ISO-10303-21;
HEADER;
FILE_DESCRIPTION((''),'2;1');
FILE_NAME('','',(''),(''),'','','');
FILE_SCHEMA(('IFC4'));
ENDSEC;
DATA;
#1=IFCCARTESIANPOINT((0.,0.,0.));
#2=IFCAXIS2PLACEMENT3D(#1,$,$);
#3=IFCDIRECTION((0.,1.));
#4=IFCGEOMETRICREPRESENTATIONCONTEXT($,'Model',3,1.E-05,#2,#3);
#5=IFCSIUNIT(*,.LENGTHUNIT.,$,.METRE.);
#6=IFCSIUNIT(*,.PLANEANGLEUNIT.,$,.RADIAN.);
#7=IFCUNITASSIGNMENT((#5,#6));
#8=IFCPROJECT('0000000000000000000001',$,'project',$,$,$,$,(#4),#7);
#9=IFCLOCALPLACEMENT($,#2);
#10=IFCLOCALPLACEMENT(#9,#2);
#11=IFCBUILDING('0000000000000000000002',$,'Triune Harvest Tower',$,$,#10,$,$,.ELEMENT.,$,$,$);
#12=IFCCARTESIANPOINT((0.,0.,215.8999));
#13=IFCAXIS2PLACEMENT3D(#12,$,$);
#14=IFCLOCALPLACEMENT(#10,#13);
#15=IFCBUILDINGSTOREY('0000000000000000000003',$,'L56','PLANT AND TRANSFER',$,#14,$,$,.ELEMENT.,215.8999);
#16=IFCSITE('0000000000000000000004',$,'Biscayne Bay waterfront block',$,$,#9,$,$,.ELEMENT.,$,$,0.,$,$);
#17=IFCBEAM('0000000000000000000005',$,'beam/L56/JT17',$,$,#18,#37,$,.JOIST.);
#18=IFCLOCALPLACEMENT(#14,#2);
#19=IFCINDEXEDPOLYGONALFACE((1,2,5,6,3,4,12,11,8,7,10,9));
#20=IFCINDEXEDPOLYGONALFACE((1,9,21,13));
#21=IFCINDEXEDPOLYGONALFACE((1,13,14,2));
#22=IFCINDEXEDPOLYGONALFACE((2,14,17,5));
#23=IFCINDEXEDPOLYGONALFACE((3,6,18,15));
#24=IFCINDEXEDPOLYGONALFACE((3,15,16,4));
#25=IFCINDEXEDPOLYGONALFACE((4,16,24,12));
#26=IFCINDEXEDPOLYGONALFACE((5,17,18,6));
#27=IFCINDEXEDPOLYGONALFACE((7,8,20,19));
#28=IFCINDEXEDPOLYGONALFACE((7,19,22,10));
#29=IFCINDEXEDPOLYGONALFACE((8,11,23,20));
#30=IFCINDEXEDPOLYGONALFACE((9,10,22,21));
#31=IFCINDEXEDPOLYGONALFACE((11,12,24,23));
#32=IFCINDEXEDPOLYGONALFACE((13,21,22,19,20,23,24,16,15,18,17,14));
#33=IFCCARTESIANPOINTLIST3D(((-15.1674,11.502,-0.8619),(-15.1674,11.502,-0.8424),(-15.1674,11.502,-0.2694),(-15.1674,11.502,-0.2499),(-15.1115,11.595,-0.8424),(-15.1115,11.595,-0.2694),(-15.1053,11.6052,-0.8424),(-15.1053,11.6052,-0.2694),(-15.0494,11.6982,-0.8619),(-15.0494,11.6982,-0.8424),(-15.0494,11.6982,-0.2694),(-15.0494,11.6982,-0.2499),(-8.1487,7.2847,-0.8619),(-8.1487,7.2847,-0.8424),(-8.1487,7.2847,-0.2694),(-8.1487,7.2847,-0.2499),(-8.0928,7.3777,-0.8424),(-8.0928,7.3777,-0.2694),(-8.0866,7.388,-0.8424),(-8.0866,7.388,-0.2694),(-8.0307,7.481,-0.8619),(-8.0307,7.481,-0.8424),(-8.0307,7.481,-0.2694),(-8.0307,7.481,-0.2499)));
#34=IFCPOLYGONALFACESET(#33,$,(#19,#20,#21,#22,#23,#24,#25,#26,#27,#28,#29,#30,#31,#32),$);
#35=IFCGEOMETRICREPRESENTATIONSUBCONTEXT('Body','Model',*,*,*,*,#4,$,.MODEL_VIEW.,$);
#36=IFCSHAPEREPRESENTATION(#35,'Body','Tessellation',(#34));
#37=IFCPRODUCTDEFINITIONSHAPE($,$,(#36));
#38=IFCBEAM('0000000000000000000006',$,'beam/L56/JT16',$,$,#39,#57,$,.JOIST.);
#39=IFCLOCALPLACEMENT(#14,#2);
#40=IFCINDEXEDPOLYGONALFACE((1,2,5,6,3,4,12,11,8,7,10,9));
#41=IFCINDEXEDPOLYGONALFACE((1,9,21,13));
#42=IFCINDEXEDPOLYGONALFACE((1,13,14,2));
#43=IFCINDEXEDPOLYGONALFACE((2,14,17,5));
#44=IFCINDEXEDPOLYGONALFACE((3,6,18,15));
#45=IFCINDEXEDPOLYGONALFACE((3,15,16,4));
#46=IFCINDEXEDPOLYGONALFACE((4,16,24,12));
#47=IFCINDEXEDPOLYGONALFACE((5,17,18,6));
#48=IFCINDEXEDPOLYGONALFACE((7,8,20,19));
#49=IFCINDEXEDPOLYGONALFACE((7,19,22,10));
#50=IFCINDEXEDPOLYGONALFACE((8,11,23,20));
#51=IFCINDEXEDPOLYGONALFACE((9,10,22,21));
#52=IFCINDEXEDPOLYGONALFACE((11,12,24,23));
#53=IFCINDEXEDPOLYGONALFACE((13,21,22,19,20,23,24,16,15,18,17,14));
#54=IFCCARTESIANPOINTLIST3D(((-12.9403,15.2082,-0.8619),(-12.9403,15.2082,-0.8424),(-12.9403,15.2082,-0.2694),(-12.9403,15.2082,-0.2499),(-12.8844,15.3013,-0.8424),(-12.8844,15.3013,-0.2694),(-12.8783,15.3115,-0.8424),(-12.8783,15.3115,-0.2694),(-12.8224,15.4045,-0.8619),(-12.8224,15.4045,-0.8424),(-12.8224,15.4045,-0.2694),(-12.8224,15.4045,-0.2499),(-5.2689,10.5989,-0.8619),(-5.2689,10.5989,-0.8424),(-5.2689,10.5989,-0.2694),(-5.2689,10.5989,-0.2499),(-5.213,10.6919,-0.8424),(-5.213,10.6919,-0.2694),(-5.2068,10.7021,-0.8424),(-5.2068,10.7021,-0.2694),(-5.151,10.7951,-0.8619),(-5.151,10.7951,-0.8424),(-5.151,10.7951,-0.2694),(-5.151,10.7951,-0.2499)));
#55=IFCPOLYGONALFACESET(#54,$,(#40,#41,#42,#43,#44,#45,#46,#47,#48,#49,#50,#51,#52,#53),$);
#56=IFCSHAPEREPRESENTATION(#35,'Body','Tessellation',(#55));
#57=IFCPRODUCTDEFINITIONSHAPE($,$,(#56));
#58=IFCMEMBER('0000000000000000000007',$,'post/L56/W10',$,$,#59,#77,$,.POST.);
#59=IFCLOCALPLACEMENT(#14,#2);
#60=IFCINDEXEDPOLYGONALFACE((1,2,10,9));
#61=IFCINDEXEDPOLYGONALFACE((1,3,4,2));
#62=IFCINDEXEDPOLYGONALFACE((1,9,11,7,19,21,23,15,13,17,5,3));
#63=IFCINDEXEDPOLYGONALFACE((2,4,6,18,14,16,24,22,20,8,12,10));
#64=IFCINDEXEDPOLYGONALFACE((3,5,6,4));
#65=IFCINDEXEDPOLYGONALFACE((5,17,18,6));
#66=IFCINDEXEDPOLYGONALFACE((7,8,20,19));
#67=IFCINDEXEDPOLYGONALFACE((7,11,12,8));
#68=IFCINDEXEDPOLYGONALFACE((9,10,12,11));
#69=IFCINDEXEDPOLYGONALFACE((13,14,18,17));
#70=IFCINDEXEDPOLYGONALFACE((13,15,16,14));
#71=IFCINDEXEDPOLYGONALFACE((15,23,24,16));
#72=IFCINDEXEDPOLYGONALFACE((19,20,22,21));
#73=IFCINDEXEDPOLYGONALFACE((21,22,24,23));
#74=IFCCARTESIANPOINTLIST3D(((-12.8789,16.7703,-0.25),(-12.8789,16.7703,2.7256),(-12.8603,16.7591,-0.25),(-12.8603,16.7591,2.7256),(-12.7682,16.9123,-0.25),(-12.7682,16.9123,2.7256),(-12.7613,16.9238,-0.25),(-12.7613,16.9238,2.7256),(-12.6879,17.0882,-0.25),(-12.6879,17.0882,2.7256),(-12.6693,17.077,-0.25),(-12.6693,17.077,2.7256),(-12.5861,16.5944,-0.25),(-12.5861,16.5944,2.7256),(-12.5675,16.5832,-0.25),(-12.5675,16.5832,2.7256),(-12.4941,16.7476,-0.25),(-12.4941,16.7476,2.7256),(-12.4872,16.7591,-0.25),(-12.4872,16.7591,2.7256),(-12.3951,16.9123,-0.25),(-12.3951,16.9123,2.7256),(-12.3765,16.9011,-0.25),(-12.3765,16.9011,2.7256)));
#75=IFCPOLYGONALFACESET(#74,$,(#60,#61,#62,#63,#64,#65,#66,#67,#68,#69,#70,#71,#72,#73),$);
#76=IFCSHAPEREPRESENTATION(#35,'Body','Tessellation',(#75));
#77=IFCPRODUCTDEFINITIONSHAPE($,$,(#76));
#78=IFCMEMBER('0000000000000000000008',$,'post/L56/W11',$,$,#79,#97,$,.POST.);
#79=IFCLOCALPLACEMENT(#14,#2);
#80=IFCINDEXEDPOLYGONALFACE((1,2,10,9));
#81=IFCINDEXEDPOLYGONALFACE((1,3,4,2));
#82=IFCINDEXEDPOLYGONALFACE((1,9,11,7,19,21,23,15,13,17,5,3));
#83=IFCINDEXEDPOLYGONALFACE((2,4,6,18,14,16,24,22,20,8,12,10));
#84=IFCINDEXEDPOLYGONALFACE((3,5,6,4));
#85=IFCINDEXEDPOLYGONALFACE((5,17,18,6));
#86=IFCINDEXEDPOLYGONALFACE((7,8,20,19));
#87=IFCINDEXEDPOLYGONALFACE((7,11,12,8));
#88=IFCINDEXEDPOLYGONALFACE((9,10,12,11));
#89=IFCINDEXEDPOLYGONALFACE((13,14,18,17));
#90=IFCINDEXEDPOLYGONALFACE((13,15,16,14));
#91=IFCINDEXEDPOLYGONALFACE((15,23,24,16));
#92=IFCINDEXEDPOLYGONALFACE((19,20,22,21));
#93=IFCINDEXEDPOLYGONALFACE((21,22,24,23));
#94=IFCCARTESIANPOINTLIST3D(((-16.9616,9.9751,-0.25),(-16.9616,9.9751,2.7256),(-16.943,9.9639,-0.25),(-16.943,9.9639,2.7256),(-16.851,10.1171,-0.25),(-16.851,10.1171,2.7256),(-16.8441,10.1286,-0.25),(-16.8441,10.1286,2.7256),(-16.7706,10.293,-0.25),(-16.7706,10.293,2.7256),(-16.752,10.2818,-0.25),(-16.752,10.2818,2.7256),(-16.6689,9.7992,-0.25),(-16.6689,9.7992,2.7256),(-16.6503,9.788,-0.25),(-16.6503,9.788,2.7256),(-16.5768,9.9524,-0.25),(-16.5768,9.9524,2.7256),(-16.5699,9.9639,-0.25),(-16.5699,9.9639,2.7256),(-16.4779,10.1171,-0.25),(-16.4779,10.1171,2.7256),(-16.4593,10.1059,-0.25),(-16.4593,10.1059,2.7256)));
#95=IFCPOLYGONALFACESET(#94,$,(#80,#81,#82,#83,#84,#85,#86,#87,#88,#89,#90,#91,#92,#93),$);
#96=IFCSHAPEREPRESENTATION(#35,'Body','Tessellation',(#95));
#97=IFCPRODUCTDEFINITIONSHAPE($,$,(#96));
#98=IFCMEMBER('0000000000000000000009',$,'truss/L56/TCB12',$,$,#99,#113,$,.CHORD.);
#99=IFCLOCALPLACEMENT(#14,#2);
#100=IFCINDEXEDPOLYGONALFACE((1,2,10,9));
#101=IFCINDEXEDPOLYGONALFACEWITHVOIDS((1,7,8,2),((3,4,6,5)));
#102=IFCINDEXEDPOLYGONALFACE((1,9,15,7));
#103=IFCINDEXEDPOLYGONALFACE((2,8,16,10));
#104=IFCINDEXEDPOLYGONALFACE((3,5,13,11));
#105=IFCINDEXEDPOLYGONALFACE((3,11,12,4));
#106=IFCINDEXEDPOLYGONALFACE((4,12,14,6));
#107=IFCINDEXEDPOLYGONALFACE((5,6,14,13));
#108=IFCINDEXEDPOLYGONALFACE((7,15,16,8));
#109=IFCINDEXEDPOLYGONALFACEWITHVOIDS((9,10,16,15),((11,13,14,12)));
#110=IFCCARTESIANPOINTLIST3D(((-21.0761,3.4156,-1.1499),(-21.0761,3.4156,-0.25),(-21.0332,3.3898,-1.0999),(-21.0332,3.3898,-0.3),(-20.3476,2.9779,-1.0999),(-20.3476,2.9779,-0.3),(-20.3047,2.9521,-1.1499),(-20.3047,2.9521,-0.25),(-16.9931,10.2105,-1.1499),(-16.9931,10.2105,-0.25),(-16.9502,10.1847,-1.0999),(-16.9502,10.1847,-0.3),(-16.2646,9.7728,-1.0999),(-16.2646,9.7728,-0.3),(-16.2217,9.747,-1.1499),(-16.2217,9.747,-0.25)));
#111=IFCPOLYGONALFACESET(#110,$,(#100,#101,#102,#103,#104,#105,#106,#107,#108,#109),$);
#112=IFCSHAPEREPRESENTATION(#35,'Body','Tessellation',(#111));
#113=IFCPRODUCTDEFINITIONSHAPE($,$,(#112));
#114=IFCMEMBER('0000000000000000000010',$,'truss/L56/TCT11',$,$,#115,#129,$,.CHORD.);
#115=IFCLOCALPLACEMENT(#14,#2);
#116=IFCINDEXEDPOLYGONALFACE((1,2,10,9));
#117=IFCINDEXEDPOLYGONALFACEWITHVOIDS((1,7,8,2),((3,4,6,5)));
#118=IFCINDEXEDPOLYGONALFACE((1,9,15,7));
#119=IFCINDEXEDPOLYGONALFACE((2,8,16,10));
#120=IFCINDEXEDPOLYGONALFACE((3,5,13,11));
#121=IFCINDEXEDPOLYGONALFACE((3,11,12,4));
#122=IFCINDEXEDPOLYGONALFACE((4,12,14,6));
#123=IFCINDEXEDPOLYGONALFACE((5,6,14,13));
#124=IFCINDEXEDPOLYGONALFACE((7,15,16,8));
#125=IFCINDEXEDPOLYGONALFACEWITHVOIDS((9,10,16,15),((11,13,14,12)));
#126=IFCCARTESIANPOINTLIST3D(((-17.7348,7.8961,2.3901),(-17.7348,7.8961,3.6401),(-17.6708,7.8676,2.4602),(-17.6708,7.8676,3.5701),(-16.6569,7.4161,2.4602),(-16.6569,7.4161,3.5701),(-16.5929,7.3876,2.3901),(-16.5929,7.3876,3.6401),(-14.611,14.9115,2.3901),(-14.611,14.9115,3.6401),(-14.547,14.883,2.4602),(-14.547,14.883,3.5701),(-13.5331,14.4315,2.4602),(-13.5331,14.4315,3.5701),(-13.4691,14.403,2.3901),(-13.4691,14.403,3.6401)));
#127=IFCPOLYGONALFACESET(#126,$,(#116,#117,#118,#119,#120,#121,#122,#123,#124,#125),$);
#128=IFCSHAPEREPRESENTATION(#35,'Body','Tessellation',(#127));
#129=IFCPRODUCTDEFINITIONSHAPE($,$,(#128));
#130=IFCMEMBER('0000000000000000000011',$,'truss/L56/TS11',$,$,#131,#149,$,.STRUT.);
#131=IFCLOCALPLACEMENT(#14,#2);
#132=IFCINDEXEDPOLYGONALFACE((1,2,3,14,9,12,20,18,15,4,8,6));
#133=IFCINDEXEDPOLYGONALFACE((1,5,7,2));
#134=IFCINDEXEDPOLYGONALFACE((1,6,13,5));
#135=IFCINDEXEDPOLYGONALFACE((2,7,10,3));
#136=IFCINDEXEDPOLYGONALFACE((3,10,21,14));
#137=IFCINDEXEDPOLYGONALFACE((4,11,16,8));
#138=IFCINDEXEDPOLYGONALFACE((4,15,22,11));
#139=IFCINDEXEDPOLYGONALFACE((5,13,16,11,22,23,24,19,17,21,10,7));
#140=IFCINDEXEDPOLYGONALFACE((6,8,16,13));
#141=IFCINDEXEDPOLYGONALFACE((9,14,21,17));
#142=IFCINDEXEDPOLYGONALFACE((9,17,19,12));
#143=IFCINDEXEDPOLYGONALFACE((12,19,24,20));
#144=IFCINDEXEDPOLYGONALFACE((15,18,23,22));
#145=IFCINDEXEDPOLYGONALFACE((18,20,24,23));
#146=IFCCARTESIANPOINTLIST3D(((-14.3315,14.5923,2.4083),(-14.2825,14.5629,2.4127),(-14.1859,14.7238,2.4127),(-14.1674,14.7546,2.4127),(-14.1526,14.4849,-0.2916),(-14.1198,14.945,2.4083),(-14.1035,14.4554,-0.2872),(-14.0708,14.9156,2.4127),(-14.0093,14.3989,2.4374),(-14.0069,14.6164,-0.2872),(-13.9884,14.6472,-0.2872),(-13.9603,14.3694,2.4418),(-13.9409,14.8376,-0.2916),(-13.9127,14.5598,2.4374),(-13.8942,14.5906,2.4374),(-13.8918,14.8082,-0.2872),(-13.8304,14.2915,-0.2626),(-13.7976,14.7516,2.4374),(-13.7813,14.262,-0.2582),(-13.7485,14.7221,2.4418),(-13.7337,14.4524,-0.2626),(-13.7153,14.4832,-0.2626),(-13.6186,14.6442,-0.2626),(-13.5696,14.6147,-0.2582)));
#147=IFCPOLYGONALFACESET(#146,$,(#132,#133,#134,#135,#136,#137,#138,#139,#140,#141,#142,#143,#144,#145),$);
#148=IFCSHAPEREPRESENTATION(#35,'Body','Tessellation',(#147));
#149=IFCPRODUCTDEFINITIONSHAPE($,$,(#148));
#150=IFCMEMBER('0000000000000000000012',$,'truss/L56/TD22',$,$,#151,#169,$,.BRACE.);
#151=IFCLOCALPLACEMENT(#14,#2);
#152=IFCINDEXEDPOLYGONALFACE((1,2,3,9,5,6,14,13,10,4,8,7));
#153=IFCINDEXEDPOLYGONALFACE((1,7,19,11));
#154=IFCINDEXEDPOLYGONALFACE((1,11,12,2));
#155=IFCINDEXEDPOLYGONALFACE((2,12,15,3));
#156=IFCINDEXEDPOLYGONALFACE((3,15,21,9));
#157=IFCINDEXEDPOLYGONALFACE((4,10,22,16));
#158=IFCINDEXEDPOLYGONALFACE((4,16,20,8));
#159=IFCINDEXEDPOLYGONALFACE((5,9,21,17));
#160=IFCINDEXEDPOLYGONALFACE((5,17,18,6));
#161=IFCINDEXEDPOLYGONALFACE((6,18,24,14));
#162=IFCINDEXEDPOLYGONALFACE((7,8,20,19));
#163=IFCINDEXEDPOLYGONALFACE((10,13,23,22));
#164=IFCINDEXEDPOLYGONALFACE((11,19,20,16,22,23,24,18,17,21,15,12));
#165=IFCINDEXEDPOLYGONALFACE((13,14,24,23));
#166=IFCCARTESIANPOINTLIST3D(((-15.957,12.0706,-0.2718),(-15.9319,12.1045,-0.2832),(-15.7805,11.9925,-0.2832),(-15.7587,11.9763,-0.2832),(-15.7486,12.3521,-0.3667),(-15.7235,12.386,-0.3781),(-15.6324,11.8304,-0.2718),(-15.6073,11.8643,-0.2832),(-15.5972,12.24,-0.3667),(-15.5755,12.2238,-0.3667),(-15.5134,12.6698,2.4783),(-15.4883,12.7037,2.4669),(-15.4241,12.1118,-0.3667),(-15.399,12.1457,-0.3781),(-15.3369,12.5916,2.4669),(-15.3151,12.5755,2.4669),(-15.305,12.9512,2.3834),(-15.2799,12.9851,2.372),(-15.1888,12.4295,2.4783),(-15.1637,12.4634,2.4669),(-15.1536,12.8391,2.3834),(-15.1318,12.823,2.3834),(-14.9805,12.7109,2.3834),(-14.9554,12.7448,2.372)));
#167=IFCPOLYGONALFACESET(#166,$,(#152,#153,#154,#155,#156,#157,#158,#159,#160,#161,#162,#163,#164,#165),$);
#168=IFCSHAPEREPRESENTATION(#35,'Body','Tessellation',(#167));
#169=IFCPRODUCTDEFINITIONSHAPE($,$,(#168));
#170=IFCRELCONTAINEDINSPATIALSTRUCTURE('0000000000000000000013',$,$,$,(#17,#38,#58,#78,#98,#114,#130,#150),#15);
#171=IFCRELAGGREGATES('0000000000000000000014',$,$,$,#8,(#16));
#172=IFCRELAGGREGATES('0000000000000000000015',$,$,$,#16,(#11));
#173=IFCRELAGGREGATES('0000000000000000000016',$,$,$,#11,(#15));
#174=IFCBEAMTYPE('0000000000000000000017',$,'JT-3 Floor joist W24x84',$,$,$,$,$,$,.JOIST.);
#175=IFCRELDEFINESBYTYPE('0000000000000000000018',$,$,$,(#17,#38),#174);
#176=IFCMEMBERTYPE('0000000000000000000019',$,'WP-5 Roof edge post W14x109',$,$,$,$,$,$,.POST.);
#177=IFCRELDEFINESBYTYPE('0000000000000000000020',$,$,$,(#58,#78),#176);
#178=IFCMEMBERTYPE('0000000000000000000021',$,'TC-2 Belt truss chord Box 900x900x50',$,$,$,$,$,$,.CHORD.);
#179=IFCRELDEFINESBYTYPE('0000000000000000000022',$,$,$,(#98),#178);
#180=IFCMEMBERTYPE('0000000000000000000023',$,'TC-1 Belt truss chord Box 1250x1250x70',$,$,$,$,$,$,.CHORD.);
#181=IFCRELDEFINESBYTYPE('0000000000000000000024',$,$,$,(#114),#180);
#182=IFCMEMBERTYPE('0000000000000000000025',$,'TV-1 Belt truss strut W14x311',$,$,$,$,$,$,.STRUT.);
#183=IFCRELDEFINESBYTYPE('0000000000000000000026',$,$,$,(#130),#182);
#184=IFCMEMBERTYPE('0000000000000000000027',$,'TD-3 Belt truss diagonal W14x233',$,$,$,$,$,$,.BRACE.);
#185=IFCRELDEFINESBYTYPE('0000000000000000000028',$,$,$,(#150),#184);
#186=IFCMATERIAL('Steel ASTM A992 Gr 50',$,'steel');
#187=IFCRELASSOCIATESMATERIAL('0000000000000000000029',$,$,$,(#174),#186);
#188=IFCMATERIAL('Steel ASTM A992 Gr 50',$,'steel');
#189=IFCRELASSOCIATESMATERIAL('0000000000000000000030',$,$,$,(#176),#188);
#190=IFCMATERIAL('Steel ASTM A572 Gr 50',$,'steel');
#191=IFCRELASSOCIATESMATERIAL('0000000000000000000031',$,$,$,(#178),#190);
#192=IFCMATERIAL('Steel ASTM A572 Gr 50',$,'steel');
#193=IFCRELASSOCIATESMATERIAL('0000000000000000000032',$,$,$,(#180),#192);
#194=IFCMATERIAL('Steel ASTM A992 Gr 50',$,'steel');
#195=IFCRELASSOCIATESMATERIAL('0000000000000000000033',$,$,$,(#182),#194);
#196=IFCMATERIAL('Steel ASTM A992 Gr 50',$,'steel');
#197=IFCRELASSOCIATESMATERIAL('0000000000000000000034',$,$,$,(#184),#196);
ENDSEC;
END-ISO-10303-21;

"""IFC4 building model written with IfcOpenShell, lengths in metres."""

from ifc_helpers import new_model, si_unit, direction, frame, origin, origin_2d, place, context, subcontext, project, spatial, hollow_rectangle, i_section, extrude, source, transform, mapped, material, material_profile, profile_set, type_object, element, save


model = new_model("IFC4")

# Units and contexts
model_context = context("Model", 3, precision=1e-05, world=origin(), true_north=direction((0.0, 1.0)))
body_context = subcontext(model_context, "Body", "Model", "MODEL_VIEW")
ifc_project = project(units=[si_unit("LENGTHUNIT", "METRE"), si_unit("PLANEANGLEUNIT", "RADIAN")], contexts=[model_context])

# Site, building, storey
site_placement = place(None, origin())
site = spatial("IfcSite", under=ifc_project, at=site_placement, Name="Biscayne Bay waterfront block", CompositionType="ELEMENT", RefElevation=0.0)
building_placement = place(site_placement, origin())
building = spatial("IfcBuilding", under=site, at=building_placement, Name="Triune Harvest Tower", CompositionType="ELEMENT")
storey_placement = place(building_placement, frame((0.0, 0.0, 215.8999)))
storey = spatial("IfcBuildingStorey", under=building, at=storey_placement, Name="L56", Description="PLANT AND TRANSFER", CompositionType="ELEMENT", Elevation=215.8999)

# Beams
ifc_material_1 = material(Name="Steel ASTM A992 Gr 50", Category="steel")
ifc_material_profile_1 = material_profile(ifc_material_1, i_section(OverallWidth=0.229, OverallDepth=0.6121, WebThickness=0.012, FlangeThickness=0.0195, at=origin_2d()), Name="W24x84")
ifc_profile_set_1 = profile_set([ifc_material_profile_1], Name="Steel ASTM A992 Gr 50")
beam_type = type_object("IfcBeamType", Name="JT-3 Floor joist W24x84", PredefinedType="JOIST", material=ifc_profile_set_1)
beam_1_placement = place(storey_placement, frame((-15.1084, 11.6001, -0.5559), z_axis=(0.857169, -0.515035, 0.0), x_axis=(0.515035, 0.857169, 0.0)))
element("IfcBeam", 1, at=beam_1_placement, inside=storey, type_object=beam_type, Name="beam/L56/JT17", PredefinedType="JOIST", context=body_context, shape_type="SweptSolid", body=[
    extrude(i_section(OverallWidth=0.229, OverallDepth=0.6121, WebThickness=0.012, FlangeThickness=0.0195, at=origin_2d()), origin(), (0.0, 0.0, 1.0), 8.1882),
])
shared_shape_1 = source(origin(), body_context, "Body", "SweptSolid", [
    extrude(i_section(OverallWidth=0.229, OverallDepth=0.6121, WebThickness=0.012, FlangeThickness=0.0195, at=origin_2d()), origin(), (0.0, 0.0, 1.0), 8.9497),
])
beam_2_placement = place(storey_placement, frame((-12.8813, 15.3064, -0.5559), z_axis=(0.85717, -0.515033, 0.0), x_axis=(0.515033, 0.85717, 0.0)))
element("IfcBeam", 2, at=beam_2_placement, inside=storey, type_object=beam_type, Name="beam/L56/JT16", PredefinedType="JOIST", context=body_context, shape_type="MappedRepresentation", body=[
    mapped(shared_shape_1, transform((0.0, 0.0, 0.0), scale=1.0)),
])

# Members
ifc_material_2 = material(Name="Steel ASTM A992 Gr 50", Category="steel")
ifc_material_profile_2 = material_profile(ifc_material_2, i_section(OverallWidth=0.3708, OverallDepth=0.3633, WebThickness=0.0134, FlangeThickness=0.0217, at=origin_2d()), Name="W14x109")
ifc_profile_set_2 = profile_set([ifc_material_profile_2], Name="Steel ASTM A992 Gr 50")
member_type_1 = type_object("IfcMemberType", Name="WP-5 Roof edge post W14x109", PredefinedType="POST", material=ifc_profile_set_2)
shared_shape_2 = source(origin(), body_context, "Body", "SweptSolid", [
    extrude(i_section(OverallWidth=0.3708, OverallDepth=0.3633, WebThickness=0.0134, FlangeThickness=0.0217, at=origin_2d()), origin(), (0.0, 0.0, 1.0), 2.9756),
])
for number, where, z_axis, x_axis, name in (
    (3, (-12.6277, 16.8357, -0.25), (0.0, 0.0, 1.0), (-0.515037, -0.857168, 0.0), "post/L56/W10"),
    (4, (-16.7104, 10.0405, -0.25), (0.0, 0.0, 1.0), (-0.515037, -0.857168, 0.0), "post/L56/W11"),
):
    element("IfcMember", number, at=place(storey_placement, frame(where, z_axis=z_axis, x_axis=x_axis)), inside=storey, type_object=member_type_1, Name=name, PredefinedType="POST", context=body_context, shape_type="MappedRepresentation", body=[
        mapped(shared_shape_2, transform((0.0, 0.0, 0.0), scale=1.0)),
    ])
ifc_material_3 = material(Name="Steel ASTM A572 Gr 50", Category="steel")
ifc_material_profile_3 = material_profile(ifc_material_3, hollow_rectangle(XDim=0.8999, YDim=0.8999, WallThickness=0.05, at=origin_2d()), Name="Box 900x900x50")
ifc_profile_set_3 = profile_set([ifc_material_profile_3], Name="Steel ASTM A572 Gr 50")
member_type_2 = type_object("IfcMemberType", Name="TC-2 Belt truss chord Box 900x900x50", PredefinedType="CHORD", material=ifc_profile_set_3)
shared_shape_3 = source(origin(), body_context, "Body", "SweptSolid", [
    extrude(hollow_rectangle(XDim=0.8999, YDim=0.8999, WallThickness=0.05, at=origin_2d()), origin(), (0.0, 0.0, 1.0), 7.9272),
])
member_1_placement = place(storey_placement, frame((-16.6074, 9.9788, -0.7), z_axis=(-0.515057, -0.857156, 0.0), x_axis=(0.857156, -0.515057, 0.0)))
element("IfcMember", 5, at=member_1_placement, inside=storey, type_object=member_type_2, Name="truss/L56/TCB12", PredefinedType="CHORD", context=body_context, shape_type="MappedRepresentation", body=[
    mapped(shared_shape_3, transform((0.0, 0.0, 0.0), scale=1.0)),
])
ifc_material_4 = material(Name="Steel ASTM A572 Gr 50", Category="steel")
ifc_material_profile_4 = material_profile(ifc_material_4, hollow_rectangle(XDim=1.25, YDim=1.25, WallThickness=0.0701, at=origin_2d()), Name="Box 1250x1250x70")
ifc_profile_set_4 = profile_set([ifc_material_profile_4], Name="Steel ASTM A572 Gr 50")
member_type_3 = type_object("IfcMemberType", Name="TC-1 Belt truss chord Box 1250x1250x70", PredefinedType="CHORD", material=ifc_profile_set_4)
shared_shape_4 = source(origin(), body_context, "Body", "SweptSolid", [
    extrude(hollow_rectangle(XDim=1.25, YDim=1.25, WallThickness=0.0701, at=origin_2d()), origin(), (0.0, 0.0, 1.0), 7.6794),
])
member_2_placement = place(storey_placement, frame((-14.04, 14.6572, 3.0151), z_axis=(-0.406773, -0.913529, 0.0), x_axis=(0.913529, -0.406773, 0.0)))
element("IfcMember", 6, at=member_2_placement, inside=storey, type_object=member_type_3, Name="truss/L56/TCT11", PredefinedType="CHORD", context=body_context, shape_type="MappedRepresentation", body=[
    mapped(shared_shape_4, transform((0.0, 0.0, 0.0), scale=1.0)),
])
ifc_material_5 = material(Name="Steel ASTM A992 Gr 50", Category="steel")
ifc_material_profile_5 = material_profile(ifc_material_5, i_section(OverallWidth=0.4114, OverallDepth=0.4343, WebThickness=0.0359, FlangeThickness=0.0574, at=origin_2d()), Name="W14x311")
ifc_profile_set_5 = profile_set([ifc_material_profile_5], Name="Steel ASTM A992 Gr 50")
member_type_4 = type_object("IfcMemberType", Name="TV-1 Belt truss strut W14x311", PredefinedType="STRUT", material=ifc_profile_set_5)
shared_shape_5 = source(origin(), body_context, "Body", "SweptSolid", [
    extrude(i_section(OverallWidth=0.4114, OverallDepth=0.4343, WebThickness=0.0359, FlangeThickness=0.0574, at=origin_2d()), origin(), (0.0, 0.0, 1.0), 2.708),
])
member_3_placement = place(storey_placement, frame((-13.8611, 14.5498, -0.2749), z_axis=(-0.066084, 0.039668, 0.997025), x_axis=(-0.514668, -0.85739, 0.0)))
element("IfcMember", 7, at=member_3_placement, inside=storey, type_object=member_type_4, Name="truss/L56/TS11", PredefinedType="STRUT", context=body_context, shape_type="MappedRepresentation", body=[
    mapped(shared_shape_5, transform((0.0, 0.0, 0.0), scale=1.0)),
])
ifc_material_6 = material(Name="Steel ASTM A992 Gr 50", Category="steel")
ifc_material_profile_6 = material_profile(ifc_material_6, i_section(OverallWidth=0.4038, OverallDepth=0.4065, WebThickness=0.0271, FlangeThickness=0.0437, at=origin_2d()), Name="W14x233")
ifc_profile_set_6 = profile_set([ifc_material_profile_6], Name="Steel ASTM A992 Gr 50")
member_type_5 = type_object("IfcMemberType", Name="TD-3 Belt truss diagonal W14x233", PredefinedType="BRACE", material=ifc_profile_set_6)
shared_shape_6 = source(origin(), body_context, "Body", "SweptSolid", [
    extrude(i_section(OverallWidth=0.4038, OverallDepth=0.4065, WebThickness=0.0271, FlangeThickness=0.0437, at=origin_2d()), origin(), (0.0, 0.0, 1.0), 2.8494),
])
member_4_placement = place(storey_placement, frame((-15.678, 12.1082, -0.325), z_axis=(0.155691, 0.210273, 0.965166), x_axis=(-0.803679, 0.595063, 0.0)))
element("IfcMember", 8, at=member_4_placement, inside=storey, type_object=member_type_5, Name="truss/L56/TD22", PredefinedType="BRACE", context=body_context, shape_type="MappedRepresentation", body=[
    mapped(shared_shape_6, transform((0.0, 0.0, 0.0), scale=1.0)),
])

save(model, "model.ifc")
